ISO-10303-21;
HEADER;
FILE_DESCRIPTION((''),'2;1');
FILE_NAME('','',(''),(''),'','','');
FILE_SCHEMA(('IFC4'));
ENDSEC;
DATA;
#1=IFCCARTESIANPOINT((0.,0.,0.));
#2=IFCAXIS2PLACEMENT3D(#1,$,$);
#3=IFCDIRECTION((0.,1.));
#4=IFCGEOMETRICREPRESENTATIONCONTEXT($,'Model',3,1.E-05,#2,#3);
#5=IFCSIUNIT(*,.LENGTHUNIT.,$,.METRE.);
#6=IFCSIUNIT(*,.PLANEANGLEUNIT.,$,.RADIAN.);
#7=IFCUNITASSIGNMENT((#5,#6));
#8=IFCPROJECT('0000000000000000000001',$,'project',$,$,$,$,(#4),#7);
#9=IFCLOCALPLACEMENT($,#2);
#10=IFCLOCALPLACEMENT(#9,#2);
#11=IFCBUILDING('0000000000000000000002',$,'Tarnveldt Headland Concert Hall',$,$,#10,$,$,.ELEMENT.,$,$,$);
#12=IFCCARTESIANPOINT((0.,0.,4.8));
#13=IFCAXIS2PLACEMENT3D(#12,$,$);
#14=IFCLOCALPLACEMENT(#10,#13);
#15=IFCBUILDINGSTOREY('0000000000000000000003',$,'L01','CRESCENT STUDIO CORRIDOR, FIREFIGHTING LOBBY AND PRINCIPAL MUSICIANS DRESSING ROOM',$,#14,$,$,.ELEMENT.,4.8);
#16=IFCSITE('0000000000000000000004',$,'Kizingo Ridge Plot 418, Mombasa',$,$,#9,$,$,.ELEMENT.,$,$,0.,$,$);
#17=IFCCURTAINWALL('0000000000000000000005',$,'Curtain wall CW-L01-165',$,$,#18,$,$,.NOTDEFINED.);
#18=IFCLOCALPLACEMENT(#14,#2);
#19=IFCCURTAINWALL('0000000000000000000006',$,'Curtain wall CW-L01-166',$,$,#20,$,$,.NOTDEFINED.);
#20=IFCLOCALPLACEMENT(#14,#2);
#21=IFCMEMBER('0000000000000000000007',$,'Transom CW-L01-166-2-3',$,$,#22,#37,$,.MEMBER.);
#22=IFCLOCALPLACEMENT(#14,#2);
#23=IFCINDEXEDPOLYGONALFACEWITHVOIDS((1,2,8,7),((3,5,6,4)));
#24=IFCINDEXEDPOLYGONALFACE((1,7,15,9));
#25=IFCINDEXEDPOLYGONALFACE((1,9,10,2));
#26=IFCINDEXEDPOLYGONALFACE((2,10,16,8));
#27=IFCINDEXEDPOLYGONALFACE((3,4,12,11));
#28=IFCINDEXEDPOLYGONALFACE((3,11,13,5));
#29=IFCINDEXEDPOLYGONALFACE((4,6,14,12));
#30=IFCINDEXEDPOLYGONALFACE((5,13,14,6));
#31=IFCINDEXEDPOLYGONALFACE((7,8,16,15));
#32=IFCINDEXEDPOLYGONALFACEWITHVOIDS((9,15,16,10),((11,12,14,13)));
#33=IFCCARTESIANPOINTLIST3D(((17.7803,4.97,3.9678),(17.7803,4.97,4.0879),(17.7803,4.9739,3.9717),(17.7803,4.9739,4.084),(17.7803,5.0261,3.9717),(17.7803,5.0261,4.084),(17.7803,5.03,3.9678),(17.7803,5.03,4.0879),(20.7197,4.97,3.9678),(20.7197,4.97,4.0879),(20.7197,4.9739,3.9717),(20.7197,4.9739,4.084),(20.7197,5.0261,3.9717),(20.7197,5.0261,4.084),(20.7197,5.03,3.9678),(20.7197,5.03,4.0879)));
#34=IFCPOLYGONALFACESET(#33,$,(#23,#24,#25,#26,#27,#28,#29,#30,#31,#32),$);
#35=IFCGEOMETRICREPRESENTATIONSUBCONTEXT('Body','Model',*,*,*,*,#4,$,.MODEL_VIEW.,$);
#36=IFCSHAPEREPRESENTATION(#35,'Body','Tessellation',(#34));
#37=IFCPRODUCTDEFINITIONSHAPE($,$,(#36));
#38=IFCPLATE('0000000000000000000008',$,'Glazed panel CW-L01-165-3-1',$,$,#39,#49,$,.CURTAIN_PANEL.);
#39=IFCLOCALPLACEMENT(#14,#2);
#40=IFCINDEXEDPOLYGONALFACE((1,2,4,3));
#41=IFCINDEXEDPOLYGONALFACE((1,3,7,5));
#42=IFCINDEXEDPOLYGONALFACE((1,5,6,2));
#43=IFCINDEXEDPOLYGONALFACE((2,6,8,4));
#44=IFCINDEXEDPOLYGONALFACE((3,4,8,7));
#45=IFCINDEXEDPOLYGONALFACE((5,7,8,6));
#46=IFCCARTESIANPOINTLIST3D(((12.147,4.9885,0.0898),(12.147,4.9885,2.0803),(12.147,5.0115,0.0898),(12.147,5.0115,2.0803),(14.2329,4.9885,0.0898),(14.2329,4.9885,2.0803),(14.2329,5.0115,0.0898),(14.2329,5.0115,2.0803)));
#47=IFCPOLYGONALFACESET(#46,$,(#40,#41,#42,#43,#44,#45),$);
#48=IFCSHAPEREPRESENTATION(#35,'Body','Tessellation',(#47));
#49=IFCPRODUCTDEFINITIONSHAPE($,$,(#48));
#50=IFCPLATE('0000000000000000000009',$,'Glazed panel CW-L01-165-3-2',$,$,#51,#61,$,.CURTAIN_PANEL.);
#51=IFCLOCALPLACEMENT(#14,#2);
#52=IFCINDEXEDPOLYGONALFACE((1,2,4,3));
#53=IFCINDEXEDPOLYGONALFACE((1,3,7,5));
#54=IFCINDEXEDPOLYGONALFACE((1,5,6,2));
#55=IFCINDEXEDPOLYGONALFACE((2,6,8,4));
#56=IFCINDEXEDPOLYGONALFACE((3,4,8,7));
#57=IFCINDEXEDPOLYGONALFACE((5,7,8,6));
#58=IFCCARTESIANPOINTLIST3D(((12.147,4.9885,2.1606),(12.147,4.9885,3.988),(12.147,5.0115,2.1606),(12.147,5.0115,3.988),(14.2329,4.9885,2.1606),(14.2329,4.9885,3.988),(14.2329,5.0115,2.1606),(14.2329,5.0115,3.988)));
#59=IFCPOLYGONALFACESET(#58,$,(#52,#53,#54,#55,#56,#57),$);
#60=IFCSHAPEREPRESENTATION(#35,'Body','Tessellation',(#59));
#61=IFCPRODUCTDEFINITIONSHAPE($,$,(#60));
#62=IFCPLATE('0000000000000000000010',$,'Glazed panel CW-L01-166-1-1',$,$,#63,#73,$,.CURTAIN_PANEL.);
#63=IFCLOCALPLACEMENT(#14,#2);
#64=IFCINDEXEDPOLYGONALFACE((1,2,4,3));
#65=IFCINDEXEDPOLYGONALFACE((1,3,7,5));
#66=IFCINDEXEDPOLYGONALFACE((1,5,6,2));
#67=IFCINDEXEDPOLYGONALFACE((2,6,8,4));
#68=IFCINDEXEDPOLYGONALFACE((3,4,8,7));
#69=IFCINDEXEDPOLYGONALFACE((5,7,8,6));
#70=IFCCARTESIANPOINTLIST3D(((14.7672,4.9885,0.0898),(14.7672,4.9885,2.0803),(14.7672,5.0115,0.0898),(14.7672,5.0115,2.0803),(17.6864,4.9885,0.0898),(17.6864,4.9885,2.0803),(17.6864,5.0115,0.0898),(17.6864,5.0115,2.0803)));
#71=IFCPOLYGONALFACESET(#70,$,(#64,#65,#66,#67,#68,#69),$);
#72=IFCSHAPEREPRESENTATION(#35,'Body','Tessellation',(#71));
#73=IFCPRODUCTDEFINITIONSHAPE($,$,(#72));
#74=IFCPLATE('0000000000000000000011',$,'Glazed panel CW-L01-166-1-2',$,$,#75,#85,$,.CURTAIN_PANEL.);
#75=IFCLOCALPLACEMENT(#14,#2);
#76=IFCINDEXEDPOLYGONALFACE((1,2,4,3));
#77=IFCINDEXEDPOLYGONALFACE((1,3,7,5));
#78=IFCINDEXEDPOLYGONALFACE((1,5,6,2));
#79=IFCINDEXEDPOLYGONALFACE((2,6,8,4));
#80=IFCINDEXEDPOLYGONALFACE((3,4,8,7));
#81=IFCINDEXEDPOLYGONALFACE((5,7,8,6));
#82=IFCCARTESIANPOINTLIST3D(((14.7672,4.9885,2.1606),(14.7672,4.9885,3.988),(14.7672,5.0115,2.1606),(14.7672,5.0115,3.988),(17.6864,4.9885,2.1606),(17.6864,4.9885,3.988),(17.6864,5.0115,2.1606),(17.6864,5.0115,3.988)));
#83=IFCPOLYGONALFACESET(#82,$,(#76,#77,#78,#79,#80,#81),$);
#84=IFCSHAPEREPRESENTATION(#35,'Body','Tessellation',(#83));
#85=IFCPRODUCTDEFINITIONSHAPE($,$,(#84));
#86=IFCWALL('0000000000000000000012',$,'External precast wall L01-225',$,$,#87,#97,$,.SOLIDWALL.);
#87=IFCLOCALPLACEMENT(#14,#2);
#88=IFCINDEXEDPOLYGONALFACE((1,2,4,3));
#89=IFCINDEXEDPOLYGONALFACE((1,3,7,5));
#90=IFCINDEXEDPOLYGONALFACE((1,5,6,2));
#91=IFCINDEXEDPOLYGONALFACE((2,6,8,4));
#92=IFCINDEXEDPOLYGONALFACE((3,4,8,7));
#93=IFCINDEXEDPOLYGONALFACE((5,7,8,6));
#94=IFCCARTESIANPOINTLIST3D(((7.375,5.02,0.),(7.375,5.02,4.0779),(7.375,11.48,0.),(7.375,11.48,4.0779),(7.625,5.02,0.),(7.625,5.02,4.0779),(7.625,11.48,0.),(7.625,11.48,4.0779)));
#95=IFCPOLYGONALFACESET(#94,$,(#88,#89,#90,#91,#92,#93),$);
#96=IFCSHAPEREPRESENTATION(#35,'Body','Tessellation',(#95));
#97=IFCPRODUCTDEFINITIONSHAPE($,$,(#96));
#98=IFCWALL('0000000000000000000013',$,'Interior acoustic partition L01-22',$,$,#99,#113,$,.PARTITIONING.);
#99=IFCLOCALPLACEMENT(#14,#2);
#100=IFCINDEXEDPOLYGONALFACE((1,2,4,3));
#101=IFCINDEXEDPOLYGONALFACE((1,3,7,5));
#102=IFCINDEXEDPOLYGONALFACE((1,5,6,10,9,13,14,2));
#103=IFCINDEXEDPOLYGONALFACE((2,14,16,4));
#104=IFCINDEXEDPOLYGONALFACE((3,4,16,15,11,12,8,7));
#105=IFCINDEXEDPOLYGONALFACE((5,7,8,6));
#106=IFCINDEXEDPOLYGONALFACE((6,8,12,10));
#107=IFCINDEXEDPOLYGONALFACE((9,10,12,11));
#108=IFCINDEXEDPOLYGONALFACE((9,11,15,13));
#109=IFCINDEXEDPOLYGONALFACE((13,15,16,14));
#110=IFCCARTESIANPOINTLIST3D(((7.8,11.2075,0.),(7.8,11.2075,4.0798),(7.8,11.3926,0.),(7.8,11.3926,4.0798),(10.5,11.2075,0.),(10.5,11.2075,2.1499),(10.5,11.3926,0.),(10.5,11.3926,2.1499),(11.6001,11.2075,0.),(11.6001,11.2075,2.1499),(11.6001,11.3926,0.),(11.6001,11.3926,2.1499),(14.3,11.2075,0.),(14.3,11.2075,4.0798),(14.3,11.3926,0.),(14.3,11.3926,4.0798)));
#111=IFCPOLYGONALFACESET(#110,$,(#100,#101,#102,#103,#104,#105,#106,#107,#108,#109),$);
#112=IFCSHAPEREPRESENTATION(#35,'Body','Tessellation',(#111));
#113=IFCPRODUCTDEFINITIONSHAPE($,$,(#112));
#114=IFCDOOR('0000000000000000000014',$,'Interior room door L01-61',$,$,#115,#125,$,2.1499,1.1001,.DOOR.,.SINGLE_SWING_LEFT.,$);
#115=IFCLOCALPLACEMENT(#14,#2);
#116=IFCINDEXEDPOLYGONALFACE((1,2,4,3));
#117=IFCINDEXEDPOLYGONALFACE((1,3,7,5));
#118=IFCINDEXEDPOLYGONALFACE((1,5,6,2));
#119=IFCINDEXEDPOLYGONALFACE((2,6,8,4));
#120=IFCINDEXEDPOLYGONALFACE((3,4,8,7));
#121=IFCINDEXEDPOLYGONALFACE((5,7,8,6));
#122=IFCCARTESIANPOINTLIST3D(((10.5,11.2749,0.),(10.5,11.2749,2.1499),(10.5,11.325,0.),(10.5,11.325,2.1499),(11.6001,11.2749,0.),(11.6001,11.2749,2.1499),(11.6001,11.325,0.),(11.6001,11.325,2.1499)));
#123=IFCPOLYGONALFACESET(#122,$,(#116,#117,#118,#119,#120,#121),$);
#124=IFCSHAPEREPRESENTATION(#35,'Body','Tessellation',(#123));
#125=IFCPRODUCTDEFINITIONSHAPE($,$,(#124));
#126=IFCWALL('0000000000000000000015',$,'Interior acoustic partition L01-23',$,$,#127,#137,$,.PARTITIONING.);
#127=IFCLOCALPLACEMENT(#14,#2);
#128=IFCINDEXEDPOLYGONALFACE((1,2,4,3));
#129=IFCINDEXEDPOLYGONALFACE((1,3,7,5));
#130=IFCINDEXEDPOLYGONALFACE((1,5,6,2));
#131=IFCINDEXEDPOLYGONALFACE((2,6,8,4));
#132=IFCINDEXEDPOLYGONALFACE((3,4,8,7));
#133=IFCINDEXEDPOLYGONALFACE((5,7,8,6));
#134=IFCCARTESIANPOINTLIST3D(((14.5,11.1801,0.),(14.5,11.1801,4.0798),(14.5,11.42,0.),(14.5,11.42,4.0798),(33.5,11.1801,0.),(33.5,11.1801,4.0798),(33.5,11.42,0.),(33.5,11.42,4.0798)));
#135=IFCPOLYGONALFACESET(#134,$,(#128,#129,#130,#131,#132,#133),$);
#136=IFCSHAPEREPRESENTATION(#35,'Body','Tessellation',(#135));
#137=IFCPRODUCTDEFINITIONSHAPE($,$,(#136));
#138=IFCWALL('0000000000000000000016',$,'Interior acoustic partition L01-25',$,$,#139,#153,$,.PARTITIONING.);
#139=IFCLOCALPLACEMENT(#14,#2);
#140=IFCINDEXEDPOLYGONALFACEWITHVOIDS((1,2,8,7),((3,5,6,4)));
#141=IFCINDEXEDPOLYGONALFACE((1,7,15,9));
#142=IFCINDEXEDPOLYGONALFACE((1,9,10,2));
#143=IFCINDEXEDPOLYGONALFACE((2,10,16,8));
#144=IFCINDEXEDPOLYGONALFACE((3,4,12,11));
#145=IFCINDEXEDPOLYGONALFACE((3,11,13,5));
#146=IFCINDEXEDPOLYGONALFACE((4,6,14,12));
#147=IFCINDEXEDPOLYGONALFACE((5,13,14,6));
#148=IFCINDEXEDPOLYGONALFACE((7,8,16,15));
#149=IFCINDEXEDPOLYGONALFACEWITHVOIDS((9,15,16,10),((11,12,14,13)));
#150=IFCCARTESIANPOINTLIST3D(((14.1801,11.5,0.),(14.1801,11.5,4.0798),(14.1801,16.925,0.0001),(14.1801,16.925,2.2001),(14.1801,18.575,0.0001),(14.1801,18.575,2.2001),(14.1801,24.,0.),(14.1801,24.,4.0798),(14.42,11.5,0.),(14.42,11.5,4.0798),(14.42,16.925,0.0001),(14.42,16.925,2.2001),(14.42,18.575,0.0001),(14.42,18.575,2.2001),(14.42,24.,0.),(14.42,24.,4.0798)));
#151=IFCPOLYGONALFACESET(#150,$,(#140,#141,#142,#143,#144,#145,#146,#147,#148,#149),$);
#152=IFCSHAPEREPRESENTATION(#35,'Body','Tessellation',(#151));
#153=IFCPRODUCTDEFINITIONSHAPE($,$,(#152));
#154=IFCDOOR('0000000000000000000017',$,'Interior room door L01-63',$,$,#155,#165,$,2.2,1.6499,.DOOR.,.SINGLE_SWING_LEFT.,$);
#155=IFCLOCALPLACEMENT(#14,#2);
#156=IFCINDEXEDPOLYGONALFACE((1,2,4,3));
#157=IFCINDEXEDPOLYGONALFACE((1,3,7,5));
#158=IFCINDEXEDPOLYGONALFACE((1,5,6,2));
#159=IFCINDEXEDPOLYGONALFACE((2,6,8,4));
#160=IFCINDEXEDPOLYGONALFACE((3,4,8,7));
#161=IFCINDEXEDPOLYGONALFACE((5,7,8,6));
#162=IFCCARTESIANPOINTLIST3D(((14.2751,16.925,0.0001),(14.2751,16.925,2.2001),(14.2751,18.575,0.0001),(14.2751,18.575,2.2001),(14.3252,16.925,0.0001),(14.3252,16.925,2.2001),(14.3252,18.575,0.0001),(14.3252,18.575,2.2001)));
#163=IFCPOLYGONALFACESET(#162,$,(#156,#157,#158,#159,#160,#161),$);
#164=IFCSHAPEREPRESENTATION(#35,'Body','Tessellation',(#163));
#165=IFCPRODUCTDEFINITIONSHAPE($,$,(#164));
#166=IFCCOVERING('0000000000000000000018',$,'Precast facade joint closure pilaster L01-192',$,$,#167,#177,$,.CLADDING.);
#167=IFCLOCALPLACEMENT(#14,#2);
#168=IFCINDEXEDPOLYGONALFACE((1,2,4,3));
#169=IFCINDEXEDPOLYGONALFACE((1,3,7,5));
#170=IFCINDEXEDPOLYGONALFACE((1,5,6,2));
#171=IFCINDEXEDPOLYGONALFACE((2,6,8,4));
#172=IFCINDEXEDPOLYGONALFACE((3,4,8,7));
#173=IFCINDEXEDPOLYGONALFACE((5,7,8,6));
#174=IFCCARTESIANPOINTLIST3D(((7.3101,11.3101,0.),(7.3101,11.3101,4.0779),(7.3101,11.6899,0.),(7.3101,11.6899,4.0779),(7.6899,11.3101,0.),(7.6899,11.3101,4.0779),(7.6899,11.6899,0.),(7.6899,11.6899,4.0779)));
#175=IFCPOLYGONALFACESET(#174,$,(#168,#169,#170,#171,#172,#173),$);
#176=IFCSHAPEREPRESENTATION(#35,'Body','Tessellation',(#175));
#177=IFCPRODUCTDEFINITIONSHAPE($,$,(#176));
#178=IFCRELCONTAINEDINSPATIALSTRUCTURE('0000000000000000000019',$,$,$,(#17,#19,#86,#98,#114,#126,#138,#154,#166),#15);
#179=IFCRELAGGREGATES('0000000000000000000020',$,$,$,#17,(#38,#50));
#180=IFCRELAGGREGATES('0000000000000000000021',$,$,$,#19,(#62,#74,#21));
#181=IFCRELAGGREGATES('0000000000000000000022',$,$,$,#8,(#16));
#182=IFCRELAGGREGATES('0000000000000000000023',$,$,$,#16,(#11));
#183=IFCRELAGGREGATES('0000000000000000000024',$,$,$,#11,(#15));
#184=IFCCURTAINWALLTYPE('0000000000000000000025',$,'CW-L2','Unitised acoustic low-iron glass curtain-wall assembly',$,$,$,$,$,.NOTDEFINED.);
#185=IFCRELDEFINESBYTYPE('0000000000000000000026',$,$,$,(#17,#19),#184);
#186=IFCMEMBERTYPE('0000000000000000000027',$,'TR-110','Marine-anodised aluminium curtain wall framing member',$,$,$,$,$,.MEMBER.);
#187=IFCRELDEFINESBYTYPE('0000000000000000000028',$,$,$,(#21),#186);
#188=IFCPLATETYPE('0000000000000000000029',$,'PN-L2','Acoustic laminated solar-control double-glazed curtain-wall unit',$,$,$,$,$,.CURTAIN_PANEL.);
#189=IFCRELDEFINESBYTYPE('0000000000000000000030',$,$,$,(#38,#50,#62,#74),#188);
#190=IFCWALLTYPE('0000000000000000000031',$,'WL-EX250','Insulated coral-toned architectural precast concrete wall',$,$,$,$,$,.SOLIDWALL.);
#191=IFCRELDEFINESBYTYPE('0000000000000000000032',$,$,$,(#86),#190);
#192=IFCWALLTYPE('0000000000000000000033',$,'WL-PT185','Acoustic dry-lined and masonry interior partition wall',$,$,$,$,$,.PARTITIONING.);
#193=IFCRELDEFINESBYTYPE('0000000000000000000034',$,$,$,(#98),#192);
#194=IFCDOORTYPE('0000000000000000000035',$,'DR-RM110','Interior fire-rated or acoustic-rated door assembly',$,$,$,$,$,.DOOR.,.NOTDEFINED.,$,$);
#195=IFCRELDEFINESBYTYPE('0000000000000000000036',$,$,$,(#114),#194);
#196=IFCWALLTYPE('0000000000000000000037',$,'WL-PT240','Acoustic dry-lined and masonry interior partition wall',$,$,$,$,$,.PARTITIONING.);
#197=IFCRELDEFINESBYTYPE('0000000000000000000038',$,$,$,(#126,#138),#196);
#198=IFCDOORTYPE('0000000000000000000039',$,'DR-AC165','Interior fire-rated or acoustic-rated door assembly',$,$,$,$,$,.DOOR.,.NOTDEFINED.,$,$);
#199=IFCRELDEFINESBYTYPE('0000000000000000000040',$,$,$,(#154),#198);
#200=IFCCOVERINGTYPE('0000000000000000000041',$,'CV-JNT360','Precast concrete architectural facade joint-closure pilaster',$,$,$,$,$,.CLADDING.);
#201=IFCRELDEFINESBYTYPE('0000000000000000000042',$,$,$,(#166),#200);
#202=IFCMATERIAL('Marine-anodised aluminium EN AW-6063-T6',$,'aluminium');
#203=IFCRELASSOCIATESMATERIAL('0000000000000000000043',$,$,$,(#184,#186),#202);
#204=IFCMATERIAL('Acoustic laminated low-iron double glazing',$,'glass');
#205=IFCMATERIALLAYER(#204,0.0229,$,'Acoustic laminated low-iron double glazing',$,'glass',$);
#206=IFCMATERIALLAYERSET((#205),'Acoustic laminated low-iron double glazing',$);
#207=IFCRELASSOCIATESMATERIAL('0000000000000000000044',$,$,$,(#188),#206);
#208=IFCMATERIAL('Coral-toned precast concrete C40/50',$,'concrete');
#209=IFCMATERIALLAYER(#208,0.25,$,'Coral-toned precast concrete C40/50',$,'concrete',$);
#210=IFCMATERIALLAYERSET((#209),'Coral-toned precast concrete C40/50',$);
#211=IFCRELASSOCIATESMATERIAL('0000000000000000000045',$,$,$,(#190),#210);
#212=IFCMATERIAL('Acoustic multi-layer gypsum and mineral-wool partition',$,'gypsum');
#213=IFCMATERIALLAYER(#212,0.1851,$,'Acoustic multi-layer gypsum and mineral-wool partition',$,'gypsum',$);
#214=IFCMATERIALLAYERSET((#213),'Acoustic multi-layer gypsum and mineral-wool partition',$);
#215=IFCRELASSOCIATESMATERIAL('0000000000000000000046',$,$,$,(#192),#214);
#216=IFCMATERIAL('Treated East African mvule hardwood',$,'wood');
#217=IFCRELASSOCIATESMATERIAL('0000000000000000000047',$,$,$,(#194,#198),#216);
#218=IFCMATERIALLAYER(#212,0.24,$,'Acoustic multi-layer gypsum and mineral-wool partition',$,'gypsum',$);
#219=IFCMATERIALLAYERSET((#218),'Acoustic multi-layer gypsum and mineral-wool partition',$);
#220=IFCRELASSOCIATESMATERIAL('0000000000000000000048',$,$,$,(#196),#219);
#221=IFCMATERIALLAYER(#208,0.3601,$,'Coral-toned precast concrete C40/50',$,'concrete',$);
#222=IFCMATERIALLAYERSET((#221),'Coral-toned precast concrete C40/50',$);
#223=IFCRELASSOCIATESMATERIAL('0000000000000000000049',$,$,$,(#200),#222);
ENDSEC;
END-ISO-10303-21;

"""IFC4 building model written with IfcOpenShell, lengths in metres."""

from ifc_helpers import new_model, si_unit, direction, frame, frame_2d, origin, origin_2d, place, context, subcontext, project, spatial, rectangle, hollow_rectangle, extrude, material, layer, layer_set, material_profile, profile_set, type_object, element, fill, aggregate, save


model = new_model("IFC4")

# Units and contexts
model_context = context("Model", 3, precision=1e-05, world=origin(), true_north=direction((0.0, 1.0)))
body_context = subcontext(model_context, "Body", "Model", "MODEL_VIEW")
ifc_project = project(units=[si_unit("LENGTHUNIT", "METRE"), si_unit("PLANEANGLEUNIT", "RADIAN")], contexts=[model_context])

# Site, building, storey
site_placement = place(None, origin())
site = spatial("IfcSite", under=ifc_project, at=site_placement, Name="Kizingo Ridge Plot 418, Mombasa", CompositionType="ELEMENT", RefElevation=0.0)
building_placement = place(site_placement, origin())
building = spatial("IfcBuilding", under=site, at=building_placement, Name="Tarnveldt Headland Concert Hall", CompositionType="ELEMENT")
storey_placement = place(building_placement, frame((0.0, 0.0, 4.8)))
storey = spatial("IfcBuildingStorey", under=building, at=storey_placement, Name="L01", Description="CRESCENT STUDIO CORRIDOR, FIREFIGHTING LOBBY AND PRINCIPAL MUSICIANS DRESSING ROOM", CompositionType="ELEMENT", Elevation=4.8)

# Curtain walls
ifc_material_1 = material(Name="Marine-anodised aluminium EN AW-6063-T6", Category="aluminium")
curtain_wall_type = type_object("IfcCurtainWallType", Name="CW-L2", Description="Unitised acoustic low-iron glass curtain-wall assembly", PredefinedType="NOTDEFINED", material=ifc_material_1)
curtain_wall_1_placement = place(storey_placement, origin())
curtain_wall_1 = element("IfcCurtainWall", 1, at=curtain_wall_1_placement, inside=storey, type_object=curtain_wall_type, Name="Curtain wall CW-L01-165", PredefinedType="NOTDEFINED")
curtain_wall_2_placement = place(storey_placement, origin())
curtain_wall_2 = element("IfcCurtainWall", 2, at=curtain_wall_2_placement, inside=storey, type_object=curtain_wall_type, Name="Curtain wall CW-L01-166", PredefinedType="NOTDEFINED")

# Member
ifc_material_profile_1 = material_profile(ifc_material_1, hollow_rectangle(XDim=0.0601, YDim=0.1201, WallThickness=0.0039, at=origin_2d()), Name="ALU TRANSOM 60x120x4", Category="aluminium")
ifc_profile_set_1 = profile_set([ifc_material_profile_1], Name="Marine-anodised aluminium EN AW-6063-T6")
member_type_1 = type_object("IfcMemberType", Name="TR-110", Description="Marine-anodised aluminium curtain wall framing member", PredefinedType="MEMBER", material=ifc_profile_set_1)
member_1_placement = place(storey_placement, frame((17.7803, 5.0, 4.0278), z_axis=(1.0, 0.0, 0.0), x_axis=(0.0, 1.0, 0.0)))
member_1 = element("IfcMember", 3, at=member_1_placement, type_object=member_type_1, Name="Transom CW-L01-166-2-3", PredefinedType="MEMBER", context=body_context, shape_type="SweptSolid", body=[
    extrude(hollow_rectangle(XDim=0.0601, YDim=0.1201, WallThickness=0.0039, at=origin_2d()), origin(), (0.0, 0.0, 1.0), 2.9395),
])

# Plates
ifc_material_2 = material(Name="Acoustic laminated low-iron double glazing", Category="glass")
ifc_layer_1 = layer(ifc_material_2, 0.0229, Name="Acoustic laminated low-iron double glazing", Category="glass")
ifc_layer_set_1 = layer_set([ifc_layer_1], Name="Acoustic laminated low-iron double glazing")
plate_type = type_object("IfcPlateType", Name="PN-L2", Description="Acoustic laminated solar-control double-glazed curtain-wall unit", PredefinedType="CURTAIN_PANEL", material=ifc_layer_set_1)
plate_1_placement = place(storey_placement, frame((13.1899, 5.0, 0.0898), z_axis=(0.0, 0.0, 1.0), x_axis=(1.0, 0.0, 0.0)))
plate_1 = element("IfcPlate", 4, at=plate_1_placement, type_object=plate_type, Name="Glazed panel CW-L01-165-3-1", PredefinedType="CURTAIN_PANEL", context=body_context, shape_type="SweptSolid", body=[
    extrude(rectangle(XDim=2.0859, YDim=0.0229, at=origin_2d()), origin(), (0.0, 0.0, 1.0), 1.9905),
])
plate_2_placement = place(storey_placement, frame((13.1899, 5.0, 2.1606), z_axis=(0.0, 0.0, 1.0), x_axis=(1.0, 0.0, 0.0)))
plate_2 = element("IfcPlate", 5, at=plate_2_placement, type_object=plate_type, Name="Glazed panel CW-L01-165-3-2", PredefinedType="CURTAIN_PANEL", context=body_context, shape_type="SweptSolid", body=[
    extrude(rectangle(XDim=2.0859, YDim=0.0229, at=origin_2d()), origin(), (0.0, 0.0, 1.0), 1.8274),
])
aggregate(curtain_wall_1, [plate_1, plate_2])
plate_3_placement = place(storey_placement, frame((16.2268, 5.0, 0.0898), z_axis=(0.0, 0.0, 1.0), x_axis=(1.0, 0.0, 0.0)))
plate_3 = element("IfcPlate", 6, at=plate_3_placement, type_object=plate_type, Name="Glazed panel CW-L01-166-1-1", PredefinedType="CURTAIN_PANEL", context=body_context, shape_type="SweptSolid", body=[
    extrude(rectangle(XDim=2.9192, YDim=0.0229, at=origin_2d()), origin(), (0.0, 0.0, 1.0), 1.9905),
])
plate_4_placement = place(storey_placement, frame((16.2268, 5.0, 2.1606), z_axis=(0.0, 0.0, 1.0), x_axis=(1.0, 0.0, 0.0)))
plate_4 = element("IfcPlate", 7, at=plate_4_placement, type_object=plate_type, Name="Glazed panel CW-L01-166-1-2", PredefinedType="CURTAIN_PANEL", context=body_context, shape_type="SweptSolid", body=[
    extrude(rectangle(XDim=2.9192, YDim=0.0229, at=origin_2d()), origin(), (0.0, 0.0, 1.0), 1.8274),
])
aggregate(curtain_wall_2, [plate_3, plate_4, member_1])

# Wall
ifc_material_3 = material(Name="Coral-toned precast concrete C40/50", Category="concrete")
ifc_layer_2 = layer(ifc_material_3, 0.25, Name="Coral-toned precast concrete C40/50", Category="concrete")
ifc_layer_set_2 = layer_set([ifc_layer_2], Name="Coral-toned precast concrete C40/50")
wall_type_1 = type_object("IfcWallType", Name="WL-EX250", Description="Insulated coral-toned architectural precast concrete wall", PredefinedType="SOLIDWALL", material=ifc_layer_set_2)
wall_1_placement = place(storey_placement, frame((7.5, 5.02, 0.0), z_axis=(0.0, 0.0, 1.0), x_axis=(0.0, 1.0, 0.0)))
element("IfcWall", 8, at=wall_1_placement, inside=storey, type_object=wall_type_1, Name="External precast wall L01-225", PredefinedType="SOLIDWALL", context=body_context, shape_type="SweptSolid", body=[
    extrude(rectangle(XDim=6.46, YDim=0.25, at=frame_2d((3.23, 0.0))), origin(), (0.0, 0.0, 1.0), 4.0779),
])

# Wall, opening, door
ifc_material_4 = material(Name="Acoustic multi-layer gypsum and mineral-wool partition", Category="gypsum")
ifc_layer_3 = layer(ifc_material_4, 0.1851, Name="Acoustic multi-layer gypsum and mineral-wool partition", Category="gypsum")
ifc_layer_set_3 = layer_set([ifc_layer_3], Name="Acoustic multi-layer gypsum and mineral-wool partition")
wall_type_2 = type_object("IfcWallType", Name="WL-PT185", Description="Acoustic dry-lined and masonry interior partition wall", PredefinedType="PARTITIONING", material=ifc_layer_set_3)
wall_2_placement = place(storey_placement, frame((7.8, 11.3, 0.0), z_axis=(0.0, 0.0, 1.0), x_axis=(1.0, 0.0, 0.0)))
wall_2 = element("IfcWall", 9, at=wall_2_placement, inside=storey, type_object=wall_type_2, Name="Interior acoustic partition L01-22", PredefinedType="PARTITIONING", context=body_context, shape_type="SweptSolid", body=[
    extrude(rectangle(XDim=6.5, YDim=0.1851, at=frame_2d((3.25, 0.0))), origin(), (0.0, 0.0, 1.0), 4.0798),
])
opening_1_placement = place(wall_2_placement, frame((2.7, 0.0, 0.0)))
opening_1 = element("IfcOpeningElement", 10, at=opening_1_placement, cuts=wall_2, PredefinedType="OPENING", context=body_context, shape_type="SweptSolid", body=[
    extrude(rectangle(XDim=1.1001, YDim=2.1499, at=frame_2d((0.55, 1.075))), frame((0.0, 0.1025, 0.0), z_axis=(0.0, -1.0, 0.0), x_axis=(1.0, 0.0, 0.0)), (0.0, 0.0, 1.0), 0.2051),
])
ifc_material_5 = material(Name="Treated East African mvule hardwood", Category="wood")
door_type_1 = type_object("IfcDoorType", Name="DR-RM110", Description="Interior fire-rated or acoustic-rated door assembly", OperationType="NOTDEFINED", PredefinedType="DOOR", material=ifc_material_5)
door_1_placement = place(opening_1_placement, origin())
door_1 = element("IfcDoor", 11, at=door_1_placement, inside=storey, type_object=door_type_1, Name="Interior room door L01-61", OperationType="SINGLE_SWING_LEFT", OverallHeight=2.1499, OverallWidth=1.1001, PredefinedType="DOOR", context=body_context, shape_type="SweptSolid", body=[
    extrude(rectangle(XDim=1.1001, YDim=2.1499, at=frame_2d((0.55, 1.075))), frame((0.0, 0.0249, 0.0), z_axis=(0.0, -1.0, 0.0), x_axis=(1.0, 0.0, 0.0)), (0.0, 0.0, 1.0), 0.05),
])
fill(opening_1, door_1)

# Wall
ifc_layer_4 = layer(ifc_material_4, 0.24, Name="Acoustic multi-layer gypsum and mineral-wool partition", Category="gypsum")
ifc_layer_set_4 = layer_set([ifc_layer_4], Name="Acoustic multi-layer gypsum and mineral-wool partition")
wall_type_3 = type_object("IfcWallType", Name="WL-PT240", Description="Acoustic dry-lined and masonry interior partition wall", PredefinedType="PARTITIONING", material=ifc_layer_set_4)
wall_3_placement = place(storey_placement, frame((14.5, 11.3, 0.0), z_axis=(0.0, 0.0, 1.0), x_axis=(1.0, 0.0, 0.0)))
element("IfcWall", 12, at=wall_3_placement, inside=storey, type_object=wall_type_3, Name="Interior acoustic partition L01-23", PredefinedType="PARTITIONING", context=body_context, shape_type="SweptSolid", body=[
    extrude(rectangle(XDim=19.0, YDim=0.24, at=frame_2d((9.5, 0.0))), origin(), (0.0, 0.0, 1.0), 4.0798),
])

# Wall, opening, door
wall_4_placement = place(storey_placement, frame((14.3, 11.5, 0.0), z_axis=(0.0, 0.0, 1.0), x_axis=(0.0, 1.0, 0.0)))
wall_4 = element("IfcWall", 13, at=wall_4_placement, inside=storey, type_object=wall_type_3, Name="Interior acoustic partition L01-25", PredefinedType="PARTITIONING", context=body_context, shape_type="SweptSolid", body=[
    extrude(rectangle(XDim=12.5, YDim=0.24, at=frame_2d((6.25, 0.0))), origin(), (0.0, 0.0, 1.0), 4.0798),
])
opening_2_placement = place(wall_4_placement, frame((5.425, 0.0, 0.0)))
opening_2 = element("IfcOpeningElement", 14, at=opening_2_placement, cuts=wall_4, PredefinedType="OPENING", context=body_context, shape_type="SweptSolid", body=[
    extrude(rectangle(XDim=1.6499, YDim=2.2, at=frame_2d((0.825, 1.1001))), frame((0.0, 0.1299, 0.0), z_axis=(0.0, -1.0, 0.0), x_axis=(1.0, 0.0, 0.0)), (0.0, 0.0, 1.0), 0.26),
])
door_type_2 = type_object("IfcDoorType", Name="DR-AC165", Description="Interior fire-rated or acoustic-rated door assembly", OperationType="NOTDEFINED", PredefinedType="DOOR", material=ifc_material_5)
door_2_placement = place(opening_2_placement, origin())
door_2 = element("IfcDoor", 15, at=door_2_placement, inside=storey, type_object=door_type_2, Name="Interior room door L01-63", OperationType="SINGLE_SWING_LEFT", OverallHeight=2.2, OverallWidth=1.6499, PredefinedType="DOOR", context=body_context, shape_type="SweptSolid", body=[
    extrude(rectangle(XDim=1.6499, YDim=2.2, at=frame_2d((0.825, 1.1001))), frame((0.0, 0.0249, 0.0), z_axis=(0.0, -1.0, 0.0), x_axis=(1.0, 0.0, 0.0)), (0.0, 0.0, 1.0), 0.05),
])
fill(opening_2, door_2)

# Covering
ifc_layer_5 = layer(ifc_material_3, 0.3601, Name="Coral-toned precast concrete C40/50", Category="concrete")
ifc_layer_set_5 = layer_set([ifc_layer_5], Name="Coral-toned precast concrete C40/50")
covering_type = type_object("IfcCoveringType", Name="CV-JNT360", Description="Precast concrete architectural facade joint-closure pilaster", PredefinedType="CLADDING", material=ifc_layer_set_5)
covering_placement = place(storey_placement, frame((7.5, 11.5, 0.0), z_axis=(0.0, 0.0, 1.0), x_axis=(0.0, 1.0, 0.0)))
element("IfcCovering", 16, at=covering_placement, inside=storey, type_object=covering_type, Name="Precast facade joint closure pilaster L01-192", PredefinedType="CLADDING", context=body_context, shape_type="SweptSolid", body=[
    extrude(rectangle(XDim=0.3799, YDim=0.3799, at=origin_2d()), origin(), (0.0, 0.0, 1.0), 4.0779),
])

save(model, "model.ifc")
